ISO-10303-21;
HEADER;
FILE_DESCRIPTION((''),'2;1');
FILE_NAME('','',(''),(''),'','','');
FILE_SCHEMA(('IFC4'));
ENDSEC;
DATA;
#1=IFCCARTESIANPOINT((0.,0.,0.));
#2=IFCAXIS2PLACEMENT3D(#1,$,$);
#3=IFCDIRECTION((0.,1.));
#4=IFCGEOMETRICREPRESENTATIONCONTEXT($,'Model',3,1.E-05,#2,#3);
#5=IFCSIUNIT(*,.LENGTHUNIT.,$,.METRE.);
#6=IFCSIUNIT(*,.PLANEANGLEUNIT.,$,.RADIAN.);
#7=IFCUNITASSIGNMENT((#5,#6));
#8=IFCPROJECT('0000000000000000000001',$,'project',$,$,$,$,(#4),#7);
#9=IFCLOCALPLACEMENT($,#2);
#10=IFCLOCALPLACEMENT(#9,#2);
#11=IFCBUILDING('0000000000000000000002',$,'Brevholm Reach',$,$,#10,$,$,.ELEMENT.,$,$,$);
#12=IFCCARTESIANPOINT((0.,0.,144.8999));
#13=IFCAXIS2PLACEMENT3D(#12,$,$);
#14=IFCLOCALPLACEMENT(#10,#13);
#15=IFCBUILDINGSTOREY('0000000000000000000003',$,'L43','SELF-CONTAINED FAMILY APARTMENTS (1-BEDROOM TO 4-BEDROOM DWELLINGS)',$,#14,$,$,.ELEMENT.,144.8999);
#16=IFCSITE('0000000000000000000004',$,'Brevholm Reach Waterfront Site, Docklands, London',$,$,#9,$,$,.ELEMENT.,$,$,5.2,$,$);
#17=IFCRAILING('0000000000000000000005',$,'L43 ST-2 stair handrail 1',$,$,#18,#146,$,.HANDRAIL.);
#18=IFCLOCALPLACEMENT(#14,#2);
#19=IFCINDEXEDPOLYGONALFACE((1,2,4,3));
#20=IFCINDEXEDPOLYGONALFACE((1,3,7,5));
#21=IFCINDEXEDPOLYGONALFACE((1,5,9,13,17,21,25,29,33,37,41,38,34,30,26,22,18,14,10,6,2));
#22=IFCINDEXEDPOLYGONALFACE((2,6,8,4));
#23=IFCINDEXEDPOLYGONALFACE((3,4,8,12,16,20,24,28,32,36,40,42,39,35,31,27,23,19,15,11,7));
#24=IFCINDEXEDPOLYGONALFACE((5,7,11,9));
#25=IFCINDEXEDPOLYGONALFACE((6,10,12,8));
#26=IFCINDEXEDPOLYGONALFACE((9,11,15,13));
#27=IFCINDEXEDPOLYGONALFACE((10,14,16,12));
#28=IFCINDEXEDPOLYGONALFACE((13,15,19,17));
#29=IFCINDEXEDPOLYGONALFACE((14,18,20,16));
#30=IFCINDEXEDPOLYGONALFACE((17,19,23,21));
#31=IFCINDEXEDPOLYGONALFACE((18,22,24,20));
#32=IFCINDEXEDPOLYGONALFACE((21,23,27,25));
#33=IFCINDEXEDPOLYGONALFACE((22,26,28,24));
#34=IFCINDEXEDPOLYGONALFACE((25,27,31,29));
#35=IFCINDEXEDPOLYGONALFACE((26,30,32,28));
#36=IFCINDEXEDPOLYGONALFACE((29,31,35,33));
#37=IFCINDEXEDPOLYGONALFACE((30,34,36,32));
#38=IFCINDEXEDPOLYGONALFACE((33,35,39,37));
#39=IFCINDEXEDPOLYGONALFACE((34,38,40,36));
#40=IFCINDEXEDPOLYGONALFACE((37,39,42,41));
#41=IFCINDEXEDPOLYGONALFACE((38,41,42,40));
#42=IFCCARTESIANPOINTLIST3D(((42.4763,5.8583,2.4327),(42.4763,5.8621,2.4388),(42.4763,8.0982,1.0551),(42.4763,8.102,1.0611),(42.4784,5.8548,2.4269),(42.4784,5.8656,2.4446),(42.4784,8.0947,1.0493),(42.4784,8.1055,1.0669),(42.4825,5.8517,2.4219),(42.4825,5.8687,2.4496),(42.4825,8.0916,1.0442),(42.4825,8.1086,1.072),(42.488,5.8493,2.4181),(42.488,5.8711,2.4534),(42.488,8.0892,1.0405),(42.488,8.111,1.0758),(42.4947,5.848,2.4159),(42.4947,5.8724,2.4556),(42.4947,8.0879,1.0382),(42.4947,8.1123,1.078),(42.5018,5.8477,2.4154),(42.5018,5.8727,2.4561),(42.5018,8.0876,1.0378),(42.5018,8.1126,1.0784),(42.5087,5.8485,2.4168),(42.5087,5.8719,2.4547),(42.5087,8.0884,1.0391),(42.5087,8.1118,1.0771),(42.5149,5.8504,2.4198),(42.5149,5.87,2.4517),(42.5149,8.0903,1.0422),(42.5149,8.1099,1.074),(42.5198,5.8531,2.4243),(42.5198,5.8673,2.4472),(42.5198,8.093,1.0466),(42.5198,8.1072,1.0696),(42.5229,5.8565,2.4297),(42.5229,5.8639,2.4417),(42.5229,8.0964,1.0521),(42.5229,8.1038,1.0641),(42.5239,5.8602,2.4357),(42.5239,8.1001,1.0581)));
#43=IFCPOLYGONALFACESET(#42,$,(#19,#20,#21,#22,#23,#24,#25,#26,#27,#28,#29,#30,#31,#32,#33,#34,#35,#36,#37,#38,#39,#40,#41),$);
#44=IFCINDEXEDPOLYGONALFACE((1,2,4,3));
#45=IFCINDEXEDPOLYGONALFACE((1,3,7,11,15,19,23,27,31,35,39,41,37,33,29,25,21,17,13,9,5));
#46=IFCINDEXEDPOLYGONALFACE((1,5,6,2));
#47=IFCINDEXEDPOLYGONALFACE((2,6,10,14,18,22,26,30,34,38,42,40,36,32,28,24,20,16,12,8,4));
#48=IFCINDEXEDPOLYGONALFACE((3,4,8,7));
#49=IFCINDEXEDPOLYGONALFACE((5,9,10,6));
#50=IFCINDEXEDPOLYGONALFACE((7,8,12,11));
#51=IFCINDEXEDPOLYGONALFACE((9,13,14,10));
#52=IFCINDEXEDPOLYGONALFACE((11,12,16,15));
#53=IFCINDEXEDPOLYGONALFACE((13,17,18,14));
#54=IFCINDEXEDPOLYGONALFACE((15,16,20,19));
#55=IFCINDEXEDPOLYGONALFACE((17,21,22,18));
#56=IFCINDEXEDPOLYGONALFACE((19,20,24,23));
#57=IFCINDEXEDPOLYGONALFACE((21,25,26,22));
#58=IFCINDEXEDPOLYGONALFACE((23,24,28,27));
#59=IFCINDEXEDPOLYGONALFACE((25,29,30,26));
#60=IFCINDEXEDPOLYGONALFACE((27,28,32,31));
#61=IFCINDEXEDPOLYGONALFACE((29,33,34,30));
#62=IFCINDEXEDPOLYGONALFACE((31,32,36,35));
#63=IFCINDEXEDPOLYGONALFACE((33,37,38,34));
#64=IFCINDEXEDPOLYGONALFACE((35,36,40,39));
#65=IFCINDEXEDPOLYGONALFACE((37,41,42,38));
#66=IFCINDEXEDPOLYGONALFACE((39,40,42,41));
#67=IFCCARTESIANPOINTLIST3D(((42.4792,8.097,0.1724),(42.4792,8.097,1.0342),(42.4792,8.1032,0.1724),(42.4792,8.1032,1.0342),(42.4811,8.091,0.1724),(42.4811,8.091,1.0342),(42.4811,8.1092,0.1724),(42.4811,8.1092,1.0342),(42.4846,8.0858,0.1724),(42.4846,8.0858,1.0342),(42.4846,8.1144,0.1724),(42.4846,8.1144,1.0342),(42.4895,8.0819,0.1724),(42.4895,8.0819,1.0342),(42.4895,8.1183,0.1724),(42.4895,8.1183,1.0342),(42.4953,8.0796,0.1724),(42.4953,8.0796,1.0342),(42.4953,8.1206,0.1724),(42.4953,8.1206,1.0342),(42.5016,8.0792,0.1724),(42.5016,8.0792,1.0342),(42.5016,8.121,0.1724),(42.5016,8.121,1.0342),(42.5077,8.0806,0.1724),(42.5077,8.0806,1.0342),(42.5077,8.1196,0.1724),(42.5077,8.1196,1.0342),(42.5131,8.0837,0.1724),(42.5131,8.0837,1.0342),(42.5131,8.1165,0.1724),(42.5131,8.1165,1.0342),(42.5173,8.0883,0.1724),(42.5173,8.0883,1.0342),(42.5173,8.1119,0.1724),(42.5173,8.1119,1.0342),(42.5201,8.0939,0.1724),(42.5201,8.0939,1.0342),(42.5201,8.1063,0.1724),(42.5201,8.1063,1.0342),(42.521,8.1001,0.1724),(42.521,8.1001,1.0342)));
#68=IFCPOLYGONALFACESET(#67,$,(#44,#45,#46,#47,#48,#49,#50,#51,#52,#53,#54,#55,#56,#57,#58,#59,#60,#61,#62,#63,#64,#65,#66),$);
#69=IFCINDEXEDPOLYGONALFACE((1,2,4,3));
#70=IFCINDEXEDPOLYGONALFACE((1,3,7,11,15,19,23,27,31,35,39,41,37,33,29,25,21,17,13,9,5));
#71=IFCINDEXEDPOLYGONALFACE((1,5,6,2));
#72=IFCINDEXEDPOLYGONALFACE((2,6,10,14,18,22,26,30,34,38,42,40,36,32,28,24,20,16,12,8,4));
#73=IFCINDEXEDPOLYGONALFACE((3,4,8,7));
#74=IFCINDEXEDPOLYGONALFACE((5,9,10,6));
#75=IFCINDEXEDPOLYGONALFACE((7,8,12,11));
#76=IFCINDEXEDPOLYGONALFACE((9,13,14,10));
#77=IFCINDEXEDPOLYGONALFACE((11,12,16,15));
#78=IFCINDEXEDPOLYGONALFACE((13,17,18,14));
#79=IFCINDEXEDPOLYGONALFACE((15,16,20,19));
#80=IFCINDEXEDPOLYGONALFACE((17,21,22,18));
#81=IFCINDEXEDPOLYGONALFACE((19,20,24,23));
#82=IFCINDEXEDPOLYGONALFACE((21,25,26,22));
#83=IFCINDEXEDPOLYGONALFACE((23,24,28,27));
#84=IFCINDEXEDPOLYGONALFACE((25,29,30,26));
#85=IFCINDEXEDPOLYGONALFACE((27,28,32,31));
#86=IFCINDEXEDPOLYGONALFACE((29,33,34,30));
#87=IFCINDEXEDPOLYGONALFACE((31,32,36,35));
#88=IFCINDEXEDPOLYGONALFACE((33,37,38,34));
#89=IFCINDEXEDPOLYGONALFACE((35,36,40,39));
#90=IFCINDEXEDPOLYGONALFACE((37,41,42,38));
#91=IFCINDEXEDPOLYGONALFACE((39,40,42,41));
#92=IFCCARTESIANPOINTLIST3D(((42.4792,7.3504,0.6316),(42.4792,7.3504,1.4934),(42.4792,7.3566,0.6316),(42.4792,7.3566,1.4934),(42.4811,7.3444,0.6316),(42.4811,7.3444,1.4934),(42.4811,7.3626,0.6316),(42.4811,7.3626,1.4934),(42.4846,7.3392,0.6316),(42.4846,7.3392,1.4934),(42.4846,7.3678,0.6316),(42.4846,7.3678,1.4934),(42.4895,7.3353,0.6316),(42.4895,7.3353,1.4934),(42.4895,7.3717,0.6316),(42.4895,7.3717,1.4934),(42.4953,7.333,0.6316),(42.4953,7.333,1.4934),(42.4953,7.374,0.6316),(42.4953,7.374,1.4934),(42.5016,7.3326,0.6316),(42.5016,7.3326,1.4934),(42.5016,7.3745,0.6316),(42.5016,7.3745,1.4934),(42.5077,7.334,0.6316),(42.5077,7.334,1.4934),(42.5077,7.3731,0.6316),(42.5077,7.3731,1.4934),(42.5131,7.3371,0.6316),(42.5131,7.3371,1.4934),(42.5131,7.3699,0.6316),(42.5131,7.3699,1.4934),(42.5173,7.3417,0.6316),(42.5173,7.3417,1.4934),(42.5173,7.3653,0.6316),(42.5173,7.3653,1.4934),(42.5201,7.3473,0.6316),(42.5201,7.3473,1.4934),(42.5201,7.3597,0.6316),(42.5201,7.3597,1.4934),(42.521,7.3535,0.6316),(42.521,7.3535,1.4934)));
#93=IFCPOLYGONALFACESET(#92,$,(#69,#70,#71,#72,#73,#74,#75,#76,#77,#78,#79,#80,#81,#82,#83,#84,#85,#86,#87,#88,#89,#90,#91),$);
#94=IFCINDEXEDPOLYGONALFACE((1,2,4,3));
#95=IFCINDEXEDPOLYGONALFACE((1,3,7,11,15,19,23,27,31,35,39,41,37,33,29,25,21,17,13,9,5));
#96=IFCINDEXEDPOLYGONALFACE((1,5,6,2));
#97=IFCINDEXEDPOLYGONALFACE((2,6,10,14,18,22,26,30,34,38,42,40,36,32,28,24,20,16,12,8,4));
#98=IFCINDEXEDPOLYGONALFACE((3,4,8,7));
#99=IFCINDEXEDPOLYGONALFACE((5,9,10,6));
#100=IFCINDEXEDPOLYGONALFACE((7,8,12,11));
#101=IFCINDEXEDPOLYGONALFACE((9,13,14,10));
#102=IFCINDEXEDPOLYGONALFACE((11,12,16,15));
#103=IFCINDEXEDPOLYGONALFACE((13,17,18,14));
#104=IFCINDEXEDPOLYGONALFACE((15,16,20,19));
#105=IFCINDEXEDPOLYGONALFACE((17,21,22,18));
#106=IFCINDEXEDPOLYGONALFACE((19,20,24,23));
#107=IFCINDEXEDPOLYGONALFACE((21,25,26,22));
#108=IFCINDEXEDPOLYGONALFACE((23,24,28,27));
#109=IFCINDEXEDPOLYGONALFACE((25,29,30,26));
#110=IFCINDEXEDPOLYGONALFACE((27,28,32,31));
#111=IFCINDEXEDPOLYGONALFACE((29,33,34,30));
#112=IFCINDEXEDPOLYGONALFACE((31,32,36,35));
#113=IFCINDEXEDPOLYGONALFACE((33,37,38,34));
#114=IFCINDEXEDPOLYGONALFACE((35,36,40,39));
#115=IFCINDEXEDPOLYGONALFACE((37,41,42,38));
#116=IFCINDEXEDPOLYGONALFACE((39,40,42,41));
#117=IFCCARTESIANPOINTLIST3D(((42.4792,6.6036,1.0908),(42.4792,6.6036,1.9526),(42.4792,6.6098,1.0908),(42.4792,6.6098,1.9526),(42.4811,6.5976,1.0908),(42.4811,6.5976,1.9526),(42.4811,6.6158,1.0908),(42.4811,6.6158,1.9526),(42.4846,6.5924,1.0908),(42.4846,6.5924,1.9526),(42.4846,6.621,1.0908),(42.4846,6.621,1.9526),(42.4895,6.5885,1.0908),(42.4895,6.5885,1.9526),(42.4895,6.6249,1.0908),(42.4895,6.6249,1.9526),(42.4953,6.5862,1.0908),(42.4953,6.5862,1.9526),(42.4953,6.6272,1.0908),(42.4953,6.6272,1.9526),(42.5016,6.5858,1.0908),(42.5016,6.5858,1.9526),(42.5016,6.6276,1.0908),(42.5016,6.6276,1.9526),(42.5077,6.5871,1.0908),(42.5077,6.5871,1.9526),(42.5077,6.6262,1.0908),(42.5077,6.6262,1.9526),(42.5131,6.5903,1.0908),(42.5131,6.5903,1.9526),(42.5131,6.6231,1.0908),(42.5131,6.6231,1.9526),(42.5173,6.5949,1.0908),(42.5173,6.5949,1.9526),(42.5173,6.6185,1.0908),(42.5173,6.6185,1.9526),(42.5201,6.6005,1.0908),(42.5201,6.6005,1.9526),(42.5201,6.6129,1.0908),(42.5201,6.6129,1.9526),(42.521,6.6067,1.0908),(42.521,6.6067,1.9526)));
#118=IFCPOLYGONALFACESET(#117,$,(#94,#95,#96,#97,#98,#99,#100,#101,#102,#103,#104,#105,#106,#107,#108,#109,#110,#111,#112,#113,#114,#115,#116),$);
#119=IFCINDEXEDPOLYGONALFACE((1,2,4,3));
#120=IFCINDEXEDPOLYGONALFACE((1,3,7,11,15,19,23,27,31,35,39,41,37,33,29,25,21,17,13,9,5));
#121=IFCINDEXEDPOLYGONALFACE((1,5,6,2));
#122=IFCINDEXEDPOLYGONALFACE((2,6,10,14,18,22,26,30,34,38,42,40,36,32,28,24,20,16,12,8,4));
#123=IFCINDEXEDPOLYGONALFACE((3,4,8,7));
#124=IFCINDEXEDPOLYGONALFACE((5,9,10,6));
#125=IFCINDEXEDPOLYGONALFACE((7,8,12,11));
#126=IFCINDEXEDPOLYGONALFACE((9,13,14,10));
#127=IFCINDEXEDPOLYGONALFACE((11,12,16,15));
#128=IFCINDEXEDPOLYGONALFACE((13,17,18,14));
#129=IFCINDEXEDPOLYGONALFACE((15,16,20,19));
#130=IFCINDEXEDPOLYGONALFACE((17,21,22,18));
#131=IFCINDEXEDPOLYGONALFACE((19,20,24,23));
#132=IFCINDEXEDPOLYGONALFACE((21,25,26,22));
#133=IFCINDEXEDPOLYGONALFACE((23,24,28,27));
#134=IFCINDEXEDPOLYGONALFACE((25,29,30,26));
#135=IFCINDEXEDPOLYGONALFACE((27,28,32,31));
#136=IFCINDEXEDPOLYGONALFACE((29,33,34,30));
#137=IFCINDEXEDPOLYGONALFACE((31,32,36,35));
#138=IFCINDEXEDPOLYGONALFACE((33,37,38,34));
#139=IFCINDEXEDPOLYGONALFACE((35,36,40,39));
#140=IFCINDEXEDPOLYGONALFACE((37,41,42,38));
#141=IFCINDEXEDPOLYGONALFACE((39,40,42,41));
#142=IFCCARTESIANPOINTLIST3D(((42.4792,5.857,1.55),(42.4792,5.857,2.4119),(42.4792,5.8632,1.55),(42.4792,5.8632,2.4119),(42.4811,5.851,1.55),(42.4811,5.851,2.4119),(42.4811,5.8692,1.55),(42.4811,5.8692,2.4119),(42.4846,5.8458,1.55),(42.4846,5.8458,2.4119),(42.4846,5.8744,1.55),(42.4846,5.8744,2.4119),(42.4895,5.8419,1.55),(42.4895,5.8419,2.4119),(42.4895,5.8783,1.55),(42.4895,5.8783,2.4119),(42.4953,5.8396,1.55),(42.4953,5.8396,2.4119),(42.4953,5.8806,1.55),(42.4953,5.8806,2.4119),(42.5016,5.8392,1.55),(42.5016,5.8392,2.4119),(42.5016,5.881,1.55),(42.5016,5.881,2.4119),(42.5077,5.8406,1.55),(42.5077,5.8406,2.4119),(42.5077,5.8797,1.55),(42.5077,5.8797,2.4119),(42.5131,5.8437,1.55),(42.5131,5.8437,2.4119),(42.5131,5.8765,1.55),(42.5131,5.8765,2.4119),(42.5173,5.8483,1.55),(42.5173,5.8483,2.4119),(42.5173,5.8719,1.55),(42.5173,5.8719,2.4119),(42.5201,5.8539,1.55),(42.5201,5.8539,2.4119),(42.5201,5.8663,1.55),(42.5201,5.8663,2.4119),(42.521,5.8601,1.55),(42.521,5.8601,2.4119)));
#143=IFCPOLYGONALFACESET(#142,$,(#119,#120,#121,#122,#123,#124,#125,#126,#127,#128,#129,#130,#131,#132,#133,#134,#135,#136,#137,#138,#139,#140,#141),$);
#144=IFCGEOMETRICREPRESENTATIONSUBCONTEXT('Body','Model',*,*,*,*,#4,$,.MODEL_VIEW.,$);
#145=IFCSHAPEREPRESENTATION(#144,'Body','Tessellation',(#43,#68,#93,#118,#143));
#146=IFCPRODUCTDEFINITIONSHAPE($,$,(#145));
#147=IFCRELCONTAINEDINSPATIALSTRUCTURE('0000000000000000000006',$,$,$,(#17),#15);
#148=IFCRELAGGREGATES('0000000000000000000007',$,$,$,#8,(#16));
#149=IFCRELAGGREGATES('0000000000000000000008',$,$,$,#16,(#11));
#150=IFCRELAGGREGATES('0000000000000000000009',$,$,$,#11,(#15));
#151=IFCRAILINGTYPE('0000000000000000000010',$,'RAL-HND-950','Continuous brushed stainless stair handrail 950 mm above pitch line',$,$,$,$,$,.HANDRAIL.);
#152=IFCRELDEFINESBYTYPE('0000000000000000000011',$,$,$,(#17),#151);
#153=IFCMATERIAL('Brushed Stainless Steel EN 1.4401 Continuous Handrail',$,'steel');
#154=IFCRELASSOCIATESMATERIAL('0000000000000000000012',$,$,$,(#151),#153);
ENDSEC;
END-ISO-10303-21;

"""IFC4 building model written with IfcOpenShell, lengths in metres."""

from ifc_helpers import new_model, si_unit, direction, frame, origin, origin_2d, place, context, subcontext, project, spatial, circle, extrude, material, type_object, element, save


model = new_model("IFC4")

# Units and contexts
model_context = context("Model", 3, precision=1e-05, world=origin(), true_north=direction((0.0, 1.0)))
body_context = subcontext(model_context, "Body", "Model", "MODEL_VIEW")
ifc_project = project(units=[si_unit("LENGTHUNIT", "METRE"), si_unit("PLANEANGLEUNIT", "RADIAN")], contexts=[model_context])

# Site, building, storey
site_placement = place(None, origin())
site = spatial("IfcSite", under=ifc_project, at=site_placement, Name="Brevholm Reach Waterfront Site, Docklands, London", CompositionType="ELEMENT", RefElevation=5.2)
building_placement = place(site_placement, origin())
building = spatial("IfcBuilding", under=site, at=building_placement, Name="Brevholm Reach", CompositionType="ELEMENT")
storey_placement = place(building_placement, frame((0.0, 0.0, 144.8999)))
storey = spatial("IfcBuildingStorey", under=building, at=storey_placement, Name="L43", Description="SELF-CONTAINED FAMILY APARTMENTS (1-BEDROOM TO 4-BEDROOM DWELLINGS)", CompositionType="ELEMENT", Elevation=144.8999)

# Railing
ifc_material_1 = material(Name="Brushed Stainless Steel EN 1.4401 Continuous Handrail", Category="steel")
railing_type_1 = type_object("IfcRailingType", Name="RAL-HND-950", Description="Continuous brushed stainless stair handrail 950 mm above pitch line", PredefinedType="HANDRAIL", material=ifc_material_1)
railing_1_placement = place(storey_placement, frame((42.5, 8.1001, 0.1724)))
element("IfcRailing", 1, at=railing_1_placement, inside=storey, type_object=railing_type_1, Name="L43 ST-2 stair handrail 1", PredefinedType="HANDRAIL", context=body_context, shape_type="SweptSolid", body=[
    extrude(circle(Radius=0.0239, at=origin_2d()), frame((0.0, 0.0, 0.8857), z_axis=(0.0, -0.851789, 0.523885), x_axis=(1.0, 0.0, 0.0)), (0.0, 0.0, 1.0), 2.6296),
    extrude(circle(Radius=0.021, at=origin_2d()), origin(), (0.0, 0.0, 1.0), 0.8618),
    extrude(circle(Radius=0.021, at=origin_2d()), frame((0.0, -0.7466, 0.4592)), (0.0, 0.0, 1.0), 0.8618),
    extrude(circle(Radius=0.021, at=origin_2d()), frame((0.0, -1.4934, 0.9185)), (0.0, 0.0, 1.0), 0.8618),
    extrude(circle(Radius=0.021, at=origin_2d()), frame((0.0, -2.24, 1.3777)), (0.0, 0.0, 1.0), 0.8618),
])

save(model, "model.ifc")
